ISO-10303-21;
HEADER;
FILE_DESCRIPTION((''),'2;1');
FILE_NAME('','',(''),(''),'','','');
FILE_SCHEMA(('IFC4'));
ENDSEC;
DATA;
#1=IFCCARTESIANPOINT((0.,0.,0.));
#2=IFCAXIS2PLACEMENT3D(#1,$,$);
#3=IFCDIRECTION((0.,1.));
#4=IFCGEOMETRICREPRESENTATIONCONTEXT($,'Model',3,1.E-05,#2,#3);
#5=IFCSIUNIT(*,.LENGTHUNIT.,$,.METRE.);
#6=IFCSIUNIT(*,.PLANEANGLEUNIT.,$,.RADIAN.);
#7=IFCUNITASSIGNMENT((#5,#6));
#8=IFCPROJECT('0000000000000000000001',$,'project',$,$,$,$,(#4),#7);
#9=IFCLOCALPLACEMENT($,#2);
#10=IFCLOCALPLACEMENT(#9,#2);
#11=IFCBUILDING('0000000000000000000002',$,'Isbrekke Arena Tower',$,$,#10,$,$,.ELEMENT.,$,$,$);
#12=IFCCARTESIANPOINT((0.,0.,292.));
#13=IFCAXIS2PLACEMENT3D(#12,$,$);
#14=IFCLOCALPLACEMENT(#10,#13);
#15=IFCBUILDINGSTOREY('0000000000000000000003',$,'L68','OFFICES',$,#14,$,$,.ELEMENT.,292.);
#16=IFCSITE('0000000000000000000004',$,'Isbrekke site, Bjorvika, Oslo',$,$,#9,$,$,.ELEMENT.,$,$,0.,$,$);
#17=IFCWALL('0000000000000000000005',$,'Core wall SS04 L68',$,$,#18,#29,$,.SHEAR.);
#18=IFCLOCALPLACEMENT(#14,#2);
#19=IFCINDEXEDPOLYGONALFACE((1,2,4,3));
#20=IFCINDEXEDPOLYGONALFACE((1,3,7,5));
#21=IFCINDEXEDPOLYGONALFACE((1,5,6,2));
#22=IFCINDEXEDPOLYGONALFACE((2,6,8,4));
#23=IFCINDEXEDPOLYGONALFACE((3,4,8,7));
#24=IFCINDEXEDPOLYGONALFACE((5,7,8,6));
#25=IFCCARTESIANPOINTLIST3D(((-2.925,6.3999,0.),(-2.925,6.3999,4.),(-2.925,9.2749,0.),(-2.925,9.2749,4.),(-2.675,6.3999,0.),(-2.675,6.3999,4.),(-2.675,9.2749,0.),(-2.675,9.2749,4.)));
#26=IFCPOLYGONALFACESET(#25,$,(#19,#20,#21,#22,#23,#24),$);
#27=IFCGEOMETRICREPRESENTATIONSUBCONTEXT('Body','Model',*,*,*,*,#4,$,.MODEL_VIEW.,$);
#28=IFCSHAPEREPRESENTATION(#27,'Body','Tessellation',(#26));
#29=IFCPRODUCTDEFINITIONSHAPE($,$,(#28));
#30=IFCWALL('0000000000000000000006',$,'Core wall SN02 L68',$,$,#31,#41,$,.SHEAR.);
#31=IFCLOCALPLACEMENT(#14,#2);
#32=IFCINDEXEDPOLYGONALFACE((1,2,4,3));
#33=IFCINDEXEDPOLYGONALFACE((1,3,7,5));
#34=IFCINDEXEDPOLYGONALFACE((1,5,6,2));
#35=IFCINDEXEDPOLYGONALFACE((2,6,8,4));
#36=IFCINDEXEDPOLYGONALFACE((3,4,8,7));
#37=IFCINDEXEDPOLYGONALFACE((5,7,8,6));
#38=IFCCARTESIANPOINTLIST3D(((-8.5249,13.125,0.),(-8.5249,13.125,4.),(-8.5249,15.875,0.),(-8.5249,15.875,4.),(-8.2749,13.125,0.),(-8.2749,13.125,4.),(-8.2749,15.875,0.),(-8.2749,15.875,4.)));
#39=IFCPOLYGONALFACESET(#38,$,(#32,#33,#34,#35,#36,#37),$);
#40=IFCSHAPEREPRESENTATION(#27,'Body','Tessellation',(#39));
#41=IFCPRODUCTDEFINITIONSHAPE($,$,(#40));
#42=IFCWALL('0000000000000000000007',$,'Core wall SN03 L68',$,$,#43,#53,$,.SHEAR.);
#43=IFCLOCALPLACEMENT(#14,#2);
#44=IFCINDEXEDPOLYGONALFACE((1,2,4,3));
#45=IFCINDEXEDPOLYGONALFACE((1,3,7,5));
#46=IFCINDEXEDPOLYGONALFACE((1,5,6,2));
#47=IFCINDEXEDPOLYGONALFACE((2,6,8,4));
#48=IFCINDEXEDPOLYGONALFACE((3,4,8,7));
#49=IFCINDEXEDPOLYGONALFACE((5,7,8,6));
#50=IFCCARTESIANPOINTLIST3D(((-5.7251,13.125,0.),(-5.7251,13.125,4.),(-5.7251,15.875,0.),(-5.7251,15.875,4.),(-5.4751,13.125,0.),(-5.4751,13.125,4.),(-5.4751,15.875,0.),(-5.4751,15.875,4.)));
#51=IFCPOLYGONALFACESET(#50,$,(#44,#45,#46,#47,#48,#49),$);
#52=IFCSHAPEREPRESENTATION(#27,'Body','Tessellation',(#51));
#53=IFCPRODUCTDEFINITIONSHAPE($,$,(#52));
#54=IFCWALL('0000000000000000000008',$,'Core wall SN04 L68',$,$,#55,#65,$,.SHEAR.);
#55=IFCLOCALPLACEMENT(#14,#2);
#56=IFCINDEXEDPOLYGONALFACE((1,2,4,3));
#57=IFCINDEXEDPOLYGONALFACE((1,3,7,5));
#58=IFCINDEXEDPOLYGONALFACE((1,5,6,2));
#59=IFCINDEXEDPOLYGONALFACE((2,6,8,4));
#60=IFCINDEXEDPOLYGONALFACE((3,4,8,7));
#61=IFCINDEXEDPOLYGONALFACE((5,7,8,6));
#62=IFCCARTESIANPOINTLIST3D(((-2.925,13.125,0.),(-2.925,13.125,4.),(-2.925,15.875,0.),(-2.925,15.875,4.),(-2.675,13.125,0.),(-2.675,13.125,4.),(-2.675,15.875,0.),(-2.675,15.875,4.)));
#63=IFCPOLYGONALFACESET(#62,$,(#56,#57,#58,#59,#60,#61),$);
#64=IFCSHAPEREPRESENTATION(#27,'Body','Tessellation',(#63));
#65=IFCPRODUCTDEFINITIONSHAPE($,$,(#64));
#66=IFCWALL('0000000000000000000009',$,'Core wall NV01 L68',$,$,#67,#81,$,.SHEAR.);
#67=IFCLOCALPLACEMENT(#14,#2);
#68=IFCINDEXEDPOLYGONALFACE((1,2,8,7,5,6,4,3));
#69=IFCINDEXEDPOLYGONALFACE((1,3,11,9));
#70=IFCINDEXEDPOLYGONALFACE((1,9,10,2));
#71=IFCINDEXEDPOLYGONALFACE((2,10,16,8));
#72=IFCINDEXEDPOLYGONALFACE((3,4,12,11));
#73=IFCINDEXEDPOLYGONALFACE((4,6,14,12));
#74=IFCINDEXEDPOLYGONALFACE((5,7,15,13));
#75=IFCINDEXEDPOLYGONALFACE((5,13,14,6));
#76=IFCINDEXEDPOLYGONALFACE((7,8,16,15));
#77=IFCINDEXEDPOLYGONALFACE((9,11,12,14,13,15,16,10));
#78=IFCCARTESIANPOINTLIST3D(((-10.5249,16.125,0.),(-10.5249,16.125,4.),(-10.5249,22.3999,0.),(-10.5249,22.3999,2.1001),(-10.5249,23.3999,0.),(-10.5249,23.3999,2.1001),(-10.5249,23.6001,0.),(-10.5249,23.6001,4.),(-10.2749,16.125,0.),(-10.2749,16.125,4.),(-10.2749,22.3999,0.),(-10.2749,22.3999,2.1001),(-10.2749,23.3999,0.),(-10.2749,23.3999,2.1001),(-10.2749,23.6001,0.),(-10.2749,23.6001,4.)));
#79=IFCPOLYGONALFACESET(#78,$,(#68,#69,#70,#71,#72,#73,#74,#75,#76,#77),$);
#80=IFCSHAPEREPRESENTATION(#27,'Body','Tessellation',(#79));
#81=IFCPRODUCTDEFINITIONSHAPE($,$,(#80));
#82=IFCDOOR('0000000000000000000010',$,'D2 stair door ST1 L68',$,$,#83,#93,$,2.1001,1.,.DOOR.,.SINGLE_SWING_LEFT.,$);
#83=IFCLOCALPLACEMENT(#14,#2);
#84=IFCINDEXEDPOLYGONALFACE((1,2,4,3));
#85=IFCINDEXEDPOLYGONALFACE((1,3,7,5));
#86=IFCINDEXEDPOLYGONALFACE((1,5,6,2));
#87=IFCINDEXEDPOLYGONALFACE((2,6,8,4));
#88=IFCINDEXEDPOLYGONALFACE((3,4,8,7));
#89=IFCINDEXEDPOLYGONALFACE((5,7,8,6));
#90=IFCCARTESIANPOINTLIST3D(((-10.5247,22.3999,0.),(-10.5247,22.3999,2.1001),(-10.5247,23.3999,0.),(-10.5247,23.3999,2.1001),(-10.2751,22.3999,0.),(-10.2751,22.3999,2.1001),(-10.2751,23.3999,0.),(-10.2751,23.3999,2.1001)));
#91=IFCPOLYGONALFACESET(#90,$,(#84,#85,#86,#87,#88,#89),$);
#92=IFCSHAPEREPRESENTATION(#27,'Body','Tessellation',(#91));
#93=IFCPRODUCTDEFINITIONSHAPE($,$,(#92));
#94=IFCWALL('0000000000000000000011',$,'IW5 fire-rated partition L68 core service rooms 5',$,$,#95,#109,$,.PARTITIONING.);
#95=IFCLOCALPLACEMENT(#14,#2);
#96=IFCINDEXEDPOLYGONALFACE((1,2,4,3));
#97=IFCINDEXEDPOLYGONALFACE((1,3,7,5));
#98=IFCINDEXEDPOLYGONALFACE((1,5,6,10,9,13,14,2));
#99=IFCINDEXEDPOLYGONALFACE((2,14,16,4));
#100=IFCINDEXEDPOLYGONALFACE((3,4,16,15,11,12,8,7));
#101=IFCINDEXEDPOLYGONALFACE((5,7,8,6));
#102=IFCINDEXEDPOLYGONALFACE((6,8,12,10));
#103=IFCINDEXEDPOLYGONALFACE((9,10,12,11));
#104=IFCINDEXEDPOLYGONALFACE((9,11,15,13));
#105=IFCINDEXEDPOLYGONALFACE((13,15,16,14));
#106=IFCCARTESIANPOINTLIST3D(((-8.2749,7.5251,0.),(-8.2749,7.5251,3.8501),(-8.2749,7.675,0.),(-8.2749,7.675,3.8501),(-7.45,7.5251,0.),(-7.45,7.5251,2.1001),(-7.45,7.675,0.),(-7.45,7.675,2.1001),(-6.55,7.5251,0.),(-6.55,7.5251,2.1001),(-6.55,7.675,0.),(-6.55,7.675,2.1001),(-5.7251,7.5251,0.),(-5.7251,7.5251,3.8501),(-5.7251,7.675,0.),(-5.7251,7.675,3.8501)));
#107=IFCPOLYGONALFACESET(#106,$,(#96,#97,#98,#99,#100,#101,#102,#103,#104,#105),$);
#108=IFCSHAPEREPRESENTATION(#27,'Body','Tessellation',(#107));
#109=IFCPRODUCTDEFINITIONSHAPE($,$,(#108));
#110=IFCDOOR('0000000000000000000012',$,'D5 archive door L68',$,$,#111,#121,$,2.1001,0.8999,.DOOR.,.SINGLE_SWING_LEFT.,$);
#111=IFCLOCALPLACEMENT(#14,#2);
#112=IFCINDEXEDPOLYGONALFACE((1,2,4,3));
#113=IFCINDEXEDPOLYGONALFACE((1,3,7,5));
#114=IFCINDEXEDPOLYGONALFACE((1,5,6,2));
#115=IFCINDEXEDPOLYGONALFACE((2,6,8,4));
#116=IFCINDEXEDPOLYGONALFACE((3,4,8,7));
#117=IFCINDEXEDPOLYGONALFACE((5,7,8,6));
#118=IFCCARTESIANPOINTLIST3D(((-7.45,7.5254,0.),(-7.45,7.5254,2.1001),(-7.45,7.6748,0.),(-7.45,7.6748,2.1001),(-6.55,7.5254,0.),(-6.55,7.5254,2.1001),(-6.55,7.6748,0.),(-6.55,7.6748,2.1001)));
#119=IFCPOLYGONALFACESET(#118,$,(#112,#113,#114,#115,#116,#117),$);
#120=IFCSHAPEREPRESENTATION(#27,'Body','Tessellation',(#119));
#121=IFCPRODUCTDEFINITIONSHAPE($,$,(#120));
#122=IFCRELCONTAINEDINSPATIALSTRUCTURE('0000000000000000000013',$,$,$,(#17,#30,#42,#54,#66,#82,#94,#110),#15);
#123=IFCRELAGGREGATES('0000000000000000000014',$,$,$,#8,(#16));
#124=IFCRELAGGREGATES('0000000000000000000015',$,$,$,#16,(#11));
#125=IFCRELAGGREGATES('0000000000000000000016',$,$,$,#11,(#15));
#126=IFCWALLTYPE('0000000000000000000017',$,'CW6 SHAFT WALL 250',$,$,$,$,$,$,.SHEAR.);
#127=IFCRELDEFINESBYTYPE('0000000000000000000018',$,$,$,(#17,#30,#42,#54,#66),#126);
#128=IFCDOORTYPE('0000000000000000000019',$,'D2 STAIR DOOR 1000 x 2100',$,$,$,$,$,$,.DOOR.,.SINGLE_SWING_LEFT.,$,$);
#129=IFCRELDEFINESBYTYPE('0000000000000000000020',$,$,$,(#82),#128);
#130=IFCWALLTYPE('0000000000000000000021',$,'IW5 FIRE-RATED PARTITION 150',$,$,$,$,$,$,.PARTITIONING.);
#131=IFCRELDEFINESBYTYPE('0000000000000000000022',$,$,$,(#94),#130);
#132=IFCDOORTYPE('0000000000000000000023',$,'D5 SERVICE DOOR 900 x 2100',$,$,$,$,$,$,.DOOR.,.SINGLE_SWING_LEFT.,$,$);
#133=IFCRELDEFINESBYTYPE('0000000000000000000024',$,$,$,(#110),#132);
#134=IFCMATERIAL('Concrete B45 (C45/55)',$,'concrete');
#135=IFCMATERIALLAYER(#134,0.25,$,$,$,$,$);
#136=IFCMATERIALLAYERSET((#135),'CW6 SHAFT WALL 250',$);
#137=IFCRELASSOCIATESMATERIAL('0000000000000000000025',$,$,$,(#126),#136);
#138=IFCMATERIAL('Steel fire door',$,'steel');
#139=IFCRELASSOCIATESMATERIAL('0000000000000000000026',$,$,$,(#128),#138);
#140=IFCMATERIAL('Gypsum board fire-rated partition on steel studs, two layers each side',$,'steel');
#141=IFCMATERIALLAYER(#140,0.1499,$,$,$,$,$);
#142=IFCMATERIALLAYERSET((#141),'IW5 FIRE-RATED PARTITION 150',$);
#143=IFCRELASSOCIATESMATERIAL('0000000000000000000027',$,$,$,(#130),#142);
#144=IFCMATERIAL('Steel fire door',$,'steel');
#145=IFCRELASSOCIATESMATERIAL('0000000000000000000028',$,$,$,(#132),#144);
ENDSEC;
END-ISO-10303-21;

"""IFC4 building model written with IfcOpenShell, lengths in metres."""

from ifc_helpers import new_model, si_unit, direction, frame, frame_2d, origin, place, context, subcontext, project, spatial, rectangle, extrude, material, layer, layer_set, type_object, element, fill, save


model = new_model("IFC4")

# Units and contexts
model_context = context("Model", 3, precision=1e-05, world=origin(), true_north=direction((0.0, 1.0)))
body_context = subcontext(model_context, "Body", "Model", "MODEL_VIEW")
ifc_project = project(units=[si_unit("LENGTHUNIT", "METRE"), si_unit("PLANEANGLEUNIT", "RADIAN")], contexts=[model_context])

# Site, building, storey
site_placement = place(None, origin())
site = spatial("IfcSite", under=ifc_project, at=site_placement, Name="Isbrekke site, Bjorvika, Oslo", CompositionType="ELEMENT", RefElevation=0.0)
building_placement = place(site_placement, origin())
building = spatial("IfcBuilding", under=site, at=building_placement, Name="Isbrekke Arena Tower", CompositionType="ELEMENT")
storey_placement = place(building_placement, frame((0.0, 0.0, 292.0)))
storey = spatial("IfcBuildingStorey", under=building, at=storey_placement, Name="L68", Description="OFFICES", CompositionType="ELEMENT", Elevation=292.0)

# Walls
ifc_material_1 = material(Name="Concrete B45 (C45/55)", Category="concrete")
ifc_layer_1 = layer(ifc_material_1, 0.25)
ifc_layer_set_1 = layer_set([ifc_layer_1], Name="CW6 SHAFT WALL 250")
wall_type_1 = type_object("IfcWallType", Name="CW6 SHAFT WALL 250", PredefinedType="SHEAR", material=ifc_layer_set_1)
wall_1_placement = place(storey_placement, frame((-2.8, 6.3999, 0.0), z_axis=(0.0, 0.0, 1.0), x_axis=(0.0, 1.0, 0.0)))
element("IfcWall", 1, at=wall_1_placement, inside=storey, type_object=wall_type_1, Name="Core wall SS04 L68", PredefinedType="SHEAR", context=body_context, shape_type="SweptSolid", body=[
    extrude(rectangle(XDim=2.875, YDim=0.25, at=frame_2d((1.4375, 0.0))), origin(), (0.0, 0.0, 1.0), 4.0),
])
for number, where, z_axis, x_axis, name in (
    (2, (-8.3999, 13.125, 0.0), (0.0, 0.0, 1.0), (0.0, 1.0, 0.0), "Core wall SN02 L68"),
    (3, (-5.6001, 13.125, 0.0), (0.0, 0.0, 1.0), (0.0, 1.0, 0.0), "Core wall SN03 L68"),
    (4, (-2.8, 13.125, 0.0), (0.0, 0.0, 1.0), (0.0, 1.0, 0.0), "Core wall SN04 L68"),
):
    element("IfcWall", number, at=place(storey_placement, frame(where, z_axis=z_axis, x_axis=x_axis)), inside=storey, type_object=wall_type_1, Name=name, PredefinedType="SHEAR", context=body_context, shape_type="SweptSolid", body=[
        extrude(rectangle(XDim=2.75, YDim=0.25, at=frame_2d((1.375, 0.0))), origin(), (0.0, 0.0, 1.0), 4.0),
    ])

# Walls, openings, doors
wall_2_placement = place(storey_placement, frame((-10.3999, 16.125, 0.0), z_axis=(0.0, 0.0, 1.0), x_axis=(0.0, 1.0, 0.0)))
wall_2 = element("IfcWall", 5, at=wall_2_placement, inside=storey, type_object=wall_type_1, Name="Core wall NV01 L68", PredefinedType="SHEAR", context=body_context, shape_type="SweptSolid", body=[
    extrude(rectangle(XDim=7.4751, YDim=0.25, at=frame_2d((3.7375, 0.0))), origin(), (0.0, 0.0, 1.0), 4.0),
])
opening_1_placement = place(wall_2_placement, frame((6.2749, 0.0, 0.0)))
opening_1 = element("IfcOpeningElement", 6, at=opening_1_placement, cuts=wall_2, PredefinedType="OPENING", context=body_context, shape_type="SweptSolid", body=[
    extrude(rectangle(XDim=1.0, YDim=2.1001, at=frame_2d((0.5, 1.05))), frame((0.0, 0.1399, 0.0), z_axis=(0.0, -1.0, 0.0), x_axis=(1.0, 0.0, 0.0)), (0.0, 0.0, 1.0), 0.2798),
])
ifc_material_2 = material(Name="Steel fire door", Category="steel")
door_type_1 = type_object("IfcDoorType", Name="D2 STAIR DOOR 1000 x 2100", OperationType="SINGLE_SWING_LEFT", PredefinedType="DOOR", material=ifc_material_2)
door_1_placement = place(opening_1_placement, origin())
door_1 = element("IfcDoor", 7, at=door_1_placement, inside=storey, type_object=door_type_1, Name="D2 stair door ST1 L68", OperationType="SINGLE_SWING_LEFT", OverallHeight=2.1001, OverallWidth=1.0, PredefinedType="DOOR", context=body_context, shape_type="SweptSolid", body=[
    extrude(rectangle(XDim=1.0, YDim=2.1001, at=frame_2d((0.5, 1.05))), frame((0.0, 0.1248, 0.0), z_axis=(0.0, -1.0, 0.0), x_axis=(1.0, 0.0, 0.0)), (0.0, 0.0, 1.0), 0.2495),
])
fill(opening_1, door_1)
ifc_material_3 = material(Name="Gypsum board fire-rated partition on steel studs, two layers each side", Category="steel")
ifc_layer_2 = layer(ifc_material_3, 0.1499)
ifc_layer_set_2 = layer_set([ifc_layer_2], Name="IW5 FIRE-RATED PARTITION 150")
wall_type_2 = type_object("IfcWallType", Name="IW5 FIRE-RATED PARTITION 150", PredefinedType="PARTITIONING", material=ifc_layer_set_2)
wall_3_placement = place(storey_placement, frame((-8.2749, 7.6001, 0.0), z_axis=(0.0, 0.0, 1.0), x_axis=(1.0, 0.0, 0.0)))
wall_3 = element("IfcWall", 8, at=wall_3_placement, inside=storey, type_object=wall_type_2, Name="IW5 fire-rated partition L68 core service rooms 5", PredefinedType="PARTITIONING", context=body_context, shape_type="SweptSolid", body=[
    extrude(rectangle(XDim=2.5498, YDim=0.1499, at=frame_2d((1.2749, 0.0))), origin(), (0.0, 0.0, 1.0), 3.8501),
])
opening_2_placement = place(wall_3_placement, frame((0.825, 0.0, 0.0)))
opening_2 = element("IfcOpeningElement", 9, at=opening_2_placement, cuts=wall_3, PredefinedType="OPENING", context=body_context, shape_type="SweptSolid", body=[
    extrude(rectangle(XDim=0.8999, YDim=2.1001, at=frame_2d((0.45, 1.05))), frame((0.0, 0.0898, 0.0), z_axis=(0.0, -1.0, 0.0), x_axis=(1.0, 0.0, 0.0)), (0.0, 0.0, 1.0), 0.1797),
])
ifc_material_4 = material(Name="Steel fire door", Category="steel")
door_type_2 = type_object("IfcDoorType", Name="D5 SERVICE DOOR 900 x 2100", OperationType="SINGLE_SWING_LEFT", PredefinedType="DOOR", material=ifc_material_4)
door_2_placement = place(opening_2_placement, origin())
door_2 = element("IfcDoor", 10, at=door_2_placement, inside=storey, type_object=door_type_2, Name="D5 archive door L68", OperationType="SINGLE_SWING_LEFT", OverallHeight=2.1001, OverallWidth=0.8999, PredefinedType="DOOR", context=body_context, shape_type="SweptSolid", body=[
    extrude(rectangle(XDim=0.8999, YDim=2.1001, at=frame_2d((0.45, 1.05))), frame((0.0, 0.0747, 0.0), z_axis=(0.0, -1.0, 0.0), x_axis=(1.0, 0.0, 0.0)), (0.0, 0.0, 1.0), 0.1494),
])
fill(opening_2, door_2)

save(model, "model.ifc")
